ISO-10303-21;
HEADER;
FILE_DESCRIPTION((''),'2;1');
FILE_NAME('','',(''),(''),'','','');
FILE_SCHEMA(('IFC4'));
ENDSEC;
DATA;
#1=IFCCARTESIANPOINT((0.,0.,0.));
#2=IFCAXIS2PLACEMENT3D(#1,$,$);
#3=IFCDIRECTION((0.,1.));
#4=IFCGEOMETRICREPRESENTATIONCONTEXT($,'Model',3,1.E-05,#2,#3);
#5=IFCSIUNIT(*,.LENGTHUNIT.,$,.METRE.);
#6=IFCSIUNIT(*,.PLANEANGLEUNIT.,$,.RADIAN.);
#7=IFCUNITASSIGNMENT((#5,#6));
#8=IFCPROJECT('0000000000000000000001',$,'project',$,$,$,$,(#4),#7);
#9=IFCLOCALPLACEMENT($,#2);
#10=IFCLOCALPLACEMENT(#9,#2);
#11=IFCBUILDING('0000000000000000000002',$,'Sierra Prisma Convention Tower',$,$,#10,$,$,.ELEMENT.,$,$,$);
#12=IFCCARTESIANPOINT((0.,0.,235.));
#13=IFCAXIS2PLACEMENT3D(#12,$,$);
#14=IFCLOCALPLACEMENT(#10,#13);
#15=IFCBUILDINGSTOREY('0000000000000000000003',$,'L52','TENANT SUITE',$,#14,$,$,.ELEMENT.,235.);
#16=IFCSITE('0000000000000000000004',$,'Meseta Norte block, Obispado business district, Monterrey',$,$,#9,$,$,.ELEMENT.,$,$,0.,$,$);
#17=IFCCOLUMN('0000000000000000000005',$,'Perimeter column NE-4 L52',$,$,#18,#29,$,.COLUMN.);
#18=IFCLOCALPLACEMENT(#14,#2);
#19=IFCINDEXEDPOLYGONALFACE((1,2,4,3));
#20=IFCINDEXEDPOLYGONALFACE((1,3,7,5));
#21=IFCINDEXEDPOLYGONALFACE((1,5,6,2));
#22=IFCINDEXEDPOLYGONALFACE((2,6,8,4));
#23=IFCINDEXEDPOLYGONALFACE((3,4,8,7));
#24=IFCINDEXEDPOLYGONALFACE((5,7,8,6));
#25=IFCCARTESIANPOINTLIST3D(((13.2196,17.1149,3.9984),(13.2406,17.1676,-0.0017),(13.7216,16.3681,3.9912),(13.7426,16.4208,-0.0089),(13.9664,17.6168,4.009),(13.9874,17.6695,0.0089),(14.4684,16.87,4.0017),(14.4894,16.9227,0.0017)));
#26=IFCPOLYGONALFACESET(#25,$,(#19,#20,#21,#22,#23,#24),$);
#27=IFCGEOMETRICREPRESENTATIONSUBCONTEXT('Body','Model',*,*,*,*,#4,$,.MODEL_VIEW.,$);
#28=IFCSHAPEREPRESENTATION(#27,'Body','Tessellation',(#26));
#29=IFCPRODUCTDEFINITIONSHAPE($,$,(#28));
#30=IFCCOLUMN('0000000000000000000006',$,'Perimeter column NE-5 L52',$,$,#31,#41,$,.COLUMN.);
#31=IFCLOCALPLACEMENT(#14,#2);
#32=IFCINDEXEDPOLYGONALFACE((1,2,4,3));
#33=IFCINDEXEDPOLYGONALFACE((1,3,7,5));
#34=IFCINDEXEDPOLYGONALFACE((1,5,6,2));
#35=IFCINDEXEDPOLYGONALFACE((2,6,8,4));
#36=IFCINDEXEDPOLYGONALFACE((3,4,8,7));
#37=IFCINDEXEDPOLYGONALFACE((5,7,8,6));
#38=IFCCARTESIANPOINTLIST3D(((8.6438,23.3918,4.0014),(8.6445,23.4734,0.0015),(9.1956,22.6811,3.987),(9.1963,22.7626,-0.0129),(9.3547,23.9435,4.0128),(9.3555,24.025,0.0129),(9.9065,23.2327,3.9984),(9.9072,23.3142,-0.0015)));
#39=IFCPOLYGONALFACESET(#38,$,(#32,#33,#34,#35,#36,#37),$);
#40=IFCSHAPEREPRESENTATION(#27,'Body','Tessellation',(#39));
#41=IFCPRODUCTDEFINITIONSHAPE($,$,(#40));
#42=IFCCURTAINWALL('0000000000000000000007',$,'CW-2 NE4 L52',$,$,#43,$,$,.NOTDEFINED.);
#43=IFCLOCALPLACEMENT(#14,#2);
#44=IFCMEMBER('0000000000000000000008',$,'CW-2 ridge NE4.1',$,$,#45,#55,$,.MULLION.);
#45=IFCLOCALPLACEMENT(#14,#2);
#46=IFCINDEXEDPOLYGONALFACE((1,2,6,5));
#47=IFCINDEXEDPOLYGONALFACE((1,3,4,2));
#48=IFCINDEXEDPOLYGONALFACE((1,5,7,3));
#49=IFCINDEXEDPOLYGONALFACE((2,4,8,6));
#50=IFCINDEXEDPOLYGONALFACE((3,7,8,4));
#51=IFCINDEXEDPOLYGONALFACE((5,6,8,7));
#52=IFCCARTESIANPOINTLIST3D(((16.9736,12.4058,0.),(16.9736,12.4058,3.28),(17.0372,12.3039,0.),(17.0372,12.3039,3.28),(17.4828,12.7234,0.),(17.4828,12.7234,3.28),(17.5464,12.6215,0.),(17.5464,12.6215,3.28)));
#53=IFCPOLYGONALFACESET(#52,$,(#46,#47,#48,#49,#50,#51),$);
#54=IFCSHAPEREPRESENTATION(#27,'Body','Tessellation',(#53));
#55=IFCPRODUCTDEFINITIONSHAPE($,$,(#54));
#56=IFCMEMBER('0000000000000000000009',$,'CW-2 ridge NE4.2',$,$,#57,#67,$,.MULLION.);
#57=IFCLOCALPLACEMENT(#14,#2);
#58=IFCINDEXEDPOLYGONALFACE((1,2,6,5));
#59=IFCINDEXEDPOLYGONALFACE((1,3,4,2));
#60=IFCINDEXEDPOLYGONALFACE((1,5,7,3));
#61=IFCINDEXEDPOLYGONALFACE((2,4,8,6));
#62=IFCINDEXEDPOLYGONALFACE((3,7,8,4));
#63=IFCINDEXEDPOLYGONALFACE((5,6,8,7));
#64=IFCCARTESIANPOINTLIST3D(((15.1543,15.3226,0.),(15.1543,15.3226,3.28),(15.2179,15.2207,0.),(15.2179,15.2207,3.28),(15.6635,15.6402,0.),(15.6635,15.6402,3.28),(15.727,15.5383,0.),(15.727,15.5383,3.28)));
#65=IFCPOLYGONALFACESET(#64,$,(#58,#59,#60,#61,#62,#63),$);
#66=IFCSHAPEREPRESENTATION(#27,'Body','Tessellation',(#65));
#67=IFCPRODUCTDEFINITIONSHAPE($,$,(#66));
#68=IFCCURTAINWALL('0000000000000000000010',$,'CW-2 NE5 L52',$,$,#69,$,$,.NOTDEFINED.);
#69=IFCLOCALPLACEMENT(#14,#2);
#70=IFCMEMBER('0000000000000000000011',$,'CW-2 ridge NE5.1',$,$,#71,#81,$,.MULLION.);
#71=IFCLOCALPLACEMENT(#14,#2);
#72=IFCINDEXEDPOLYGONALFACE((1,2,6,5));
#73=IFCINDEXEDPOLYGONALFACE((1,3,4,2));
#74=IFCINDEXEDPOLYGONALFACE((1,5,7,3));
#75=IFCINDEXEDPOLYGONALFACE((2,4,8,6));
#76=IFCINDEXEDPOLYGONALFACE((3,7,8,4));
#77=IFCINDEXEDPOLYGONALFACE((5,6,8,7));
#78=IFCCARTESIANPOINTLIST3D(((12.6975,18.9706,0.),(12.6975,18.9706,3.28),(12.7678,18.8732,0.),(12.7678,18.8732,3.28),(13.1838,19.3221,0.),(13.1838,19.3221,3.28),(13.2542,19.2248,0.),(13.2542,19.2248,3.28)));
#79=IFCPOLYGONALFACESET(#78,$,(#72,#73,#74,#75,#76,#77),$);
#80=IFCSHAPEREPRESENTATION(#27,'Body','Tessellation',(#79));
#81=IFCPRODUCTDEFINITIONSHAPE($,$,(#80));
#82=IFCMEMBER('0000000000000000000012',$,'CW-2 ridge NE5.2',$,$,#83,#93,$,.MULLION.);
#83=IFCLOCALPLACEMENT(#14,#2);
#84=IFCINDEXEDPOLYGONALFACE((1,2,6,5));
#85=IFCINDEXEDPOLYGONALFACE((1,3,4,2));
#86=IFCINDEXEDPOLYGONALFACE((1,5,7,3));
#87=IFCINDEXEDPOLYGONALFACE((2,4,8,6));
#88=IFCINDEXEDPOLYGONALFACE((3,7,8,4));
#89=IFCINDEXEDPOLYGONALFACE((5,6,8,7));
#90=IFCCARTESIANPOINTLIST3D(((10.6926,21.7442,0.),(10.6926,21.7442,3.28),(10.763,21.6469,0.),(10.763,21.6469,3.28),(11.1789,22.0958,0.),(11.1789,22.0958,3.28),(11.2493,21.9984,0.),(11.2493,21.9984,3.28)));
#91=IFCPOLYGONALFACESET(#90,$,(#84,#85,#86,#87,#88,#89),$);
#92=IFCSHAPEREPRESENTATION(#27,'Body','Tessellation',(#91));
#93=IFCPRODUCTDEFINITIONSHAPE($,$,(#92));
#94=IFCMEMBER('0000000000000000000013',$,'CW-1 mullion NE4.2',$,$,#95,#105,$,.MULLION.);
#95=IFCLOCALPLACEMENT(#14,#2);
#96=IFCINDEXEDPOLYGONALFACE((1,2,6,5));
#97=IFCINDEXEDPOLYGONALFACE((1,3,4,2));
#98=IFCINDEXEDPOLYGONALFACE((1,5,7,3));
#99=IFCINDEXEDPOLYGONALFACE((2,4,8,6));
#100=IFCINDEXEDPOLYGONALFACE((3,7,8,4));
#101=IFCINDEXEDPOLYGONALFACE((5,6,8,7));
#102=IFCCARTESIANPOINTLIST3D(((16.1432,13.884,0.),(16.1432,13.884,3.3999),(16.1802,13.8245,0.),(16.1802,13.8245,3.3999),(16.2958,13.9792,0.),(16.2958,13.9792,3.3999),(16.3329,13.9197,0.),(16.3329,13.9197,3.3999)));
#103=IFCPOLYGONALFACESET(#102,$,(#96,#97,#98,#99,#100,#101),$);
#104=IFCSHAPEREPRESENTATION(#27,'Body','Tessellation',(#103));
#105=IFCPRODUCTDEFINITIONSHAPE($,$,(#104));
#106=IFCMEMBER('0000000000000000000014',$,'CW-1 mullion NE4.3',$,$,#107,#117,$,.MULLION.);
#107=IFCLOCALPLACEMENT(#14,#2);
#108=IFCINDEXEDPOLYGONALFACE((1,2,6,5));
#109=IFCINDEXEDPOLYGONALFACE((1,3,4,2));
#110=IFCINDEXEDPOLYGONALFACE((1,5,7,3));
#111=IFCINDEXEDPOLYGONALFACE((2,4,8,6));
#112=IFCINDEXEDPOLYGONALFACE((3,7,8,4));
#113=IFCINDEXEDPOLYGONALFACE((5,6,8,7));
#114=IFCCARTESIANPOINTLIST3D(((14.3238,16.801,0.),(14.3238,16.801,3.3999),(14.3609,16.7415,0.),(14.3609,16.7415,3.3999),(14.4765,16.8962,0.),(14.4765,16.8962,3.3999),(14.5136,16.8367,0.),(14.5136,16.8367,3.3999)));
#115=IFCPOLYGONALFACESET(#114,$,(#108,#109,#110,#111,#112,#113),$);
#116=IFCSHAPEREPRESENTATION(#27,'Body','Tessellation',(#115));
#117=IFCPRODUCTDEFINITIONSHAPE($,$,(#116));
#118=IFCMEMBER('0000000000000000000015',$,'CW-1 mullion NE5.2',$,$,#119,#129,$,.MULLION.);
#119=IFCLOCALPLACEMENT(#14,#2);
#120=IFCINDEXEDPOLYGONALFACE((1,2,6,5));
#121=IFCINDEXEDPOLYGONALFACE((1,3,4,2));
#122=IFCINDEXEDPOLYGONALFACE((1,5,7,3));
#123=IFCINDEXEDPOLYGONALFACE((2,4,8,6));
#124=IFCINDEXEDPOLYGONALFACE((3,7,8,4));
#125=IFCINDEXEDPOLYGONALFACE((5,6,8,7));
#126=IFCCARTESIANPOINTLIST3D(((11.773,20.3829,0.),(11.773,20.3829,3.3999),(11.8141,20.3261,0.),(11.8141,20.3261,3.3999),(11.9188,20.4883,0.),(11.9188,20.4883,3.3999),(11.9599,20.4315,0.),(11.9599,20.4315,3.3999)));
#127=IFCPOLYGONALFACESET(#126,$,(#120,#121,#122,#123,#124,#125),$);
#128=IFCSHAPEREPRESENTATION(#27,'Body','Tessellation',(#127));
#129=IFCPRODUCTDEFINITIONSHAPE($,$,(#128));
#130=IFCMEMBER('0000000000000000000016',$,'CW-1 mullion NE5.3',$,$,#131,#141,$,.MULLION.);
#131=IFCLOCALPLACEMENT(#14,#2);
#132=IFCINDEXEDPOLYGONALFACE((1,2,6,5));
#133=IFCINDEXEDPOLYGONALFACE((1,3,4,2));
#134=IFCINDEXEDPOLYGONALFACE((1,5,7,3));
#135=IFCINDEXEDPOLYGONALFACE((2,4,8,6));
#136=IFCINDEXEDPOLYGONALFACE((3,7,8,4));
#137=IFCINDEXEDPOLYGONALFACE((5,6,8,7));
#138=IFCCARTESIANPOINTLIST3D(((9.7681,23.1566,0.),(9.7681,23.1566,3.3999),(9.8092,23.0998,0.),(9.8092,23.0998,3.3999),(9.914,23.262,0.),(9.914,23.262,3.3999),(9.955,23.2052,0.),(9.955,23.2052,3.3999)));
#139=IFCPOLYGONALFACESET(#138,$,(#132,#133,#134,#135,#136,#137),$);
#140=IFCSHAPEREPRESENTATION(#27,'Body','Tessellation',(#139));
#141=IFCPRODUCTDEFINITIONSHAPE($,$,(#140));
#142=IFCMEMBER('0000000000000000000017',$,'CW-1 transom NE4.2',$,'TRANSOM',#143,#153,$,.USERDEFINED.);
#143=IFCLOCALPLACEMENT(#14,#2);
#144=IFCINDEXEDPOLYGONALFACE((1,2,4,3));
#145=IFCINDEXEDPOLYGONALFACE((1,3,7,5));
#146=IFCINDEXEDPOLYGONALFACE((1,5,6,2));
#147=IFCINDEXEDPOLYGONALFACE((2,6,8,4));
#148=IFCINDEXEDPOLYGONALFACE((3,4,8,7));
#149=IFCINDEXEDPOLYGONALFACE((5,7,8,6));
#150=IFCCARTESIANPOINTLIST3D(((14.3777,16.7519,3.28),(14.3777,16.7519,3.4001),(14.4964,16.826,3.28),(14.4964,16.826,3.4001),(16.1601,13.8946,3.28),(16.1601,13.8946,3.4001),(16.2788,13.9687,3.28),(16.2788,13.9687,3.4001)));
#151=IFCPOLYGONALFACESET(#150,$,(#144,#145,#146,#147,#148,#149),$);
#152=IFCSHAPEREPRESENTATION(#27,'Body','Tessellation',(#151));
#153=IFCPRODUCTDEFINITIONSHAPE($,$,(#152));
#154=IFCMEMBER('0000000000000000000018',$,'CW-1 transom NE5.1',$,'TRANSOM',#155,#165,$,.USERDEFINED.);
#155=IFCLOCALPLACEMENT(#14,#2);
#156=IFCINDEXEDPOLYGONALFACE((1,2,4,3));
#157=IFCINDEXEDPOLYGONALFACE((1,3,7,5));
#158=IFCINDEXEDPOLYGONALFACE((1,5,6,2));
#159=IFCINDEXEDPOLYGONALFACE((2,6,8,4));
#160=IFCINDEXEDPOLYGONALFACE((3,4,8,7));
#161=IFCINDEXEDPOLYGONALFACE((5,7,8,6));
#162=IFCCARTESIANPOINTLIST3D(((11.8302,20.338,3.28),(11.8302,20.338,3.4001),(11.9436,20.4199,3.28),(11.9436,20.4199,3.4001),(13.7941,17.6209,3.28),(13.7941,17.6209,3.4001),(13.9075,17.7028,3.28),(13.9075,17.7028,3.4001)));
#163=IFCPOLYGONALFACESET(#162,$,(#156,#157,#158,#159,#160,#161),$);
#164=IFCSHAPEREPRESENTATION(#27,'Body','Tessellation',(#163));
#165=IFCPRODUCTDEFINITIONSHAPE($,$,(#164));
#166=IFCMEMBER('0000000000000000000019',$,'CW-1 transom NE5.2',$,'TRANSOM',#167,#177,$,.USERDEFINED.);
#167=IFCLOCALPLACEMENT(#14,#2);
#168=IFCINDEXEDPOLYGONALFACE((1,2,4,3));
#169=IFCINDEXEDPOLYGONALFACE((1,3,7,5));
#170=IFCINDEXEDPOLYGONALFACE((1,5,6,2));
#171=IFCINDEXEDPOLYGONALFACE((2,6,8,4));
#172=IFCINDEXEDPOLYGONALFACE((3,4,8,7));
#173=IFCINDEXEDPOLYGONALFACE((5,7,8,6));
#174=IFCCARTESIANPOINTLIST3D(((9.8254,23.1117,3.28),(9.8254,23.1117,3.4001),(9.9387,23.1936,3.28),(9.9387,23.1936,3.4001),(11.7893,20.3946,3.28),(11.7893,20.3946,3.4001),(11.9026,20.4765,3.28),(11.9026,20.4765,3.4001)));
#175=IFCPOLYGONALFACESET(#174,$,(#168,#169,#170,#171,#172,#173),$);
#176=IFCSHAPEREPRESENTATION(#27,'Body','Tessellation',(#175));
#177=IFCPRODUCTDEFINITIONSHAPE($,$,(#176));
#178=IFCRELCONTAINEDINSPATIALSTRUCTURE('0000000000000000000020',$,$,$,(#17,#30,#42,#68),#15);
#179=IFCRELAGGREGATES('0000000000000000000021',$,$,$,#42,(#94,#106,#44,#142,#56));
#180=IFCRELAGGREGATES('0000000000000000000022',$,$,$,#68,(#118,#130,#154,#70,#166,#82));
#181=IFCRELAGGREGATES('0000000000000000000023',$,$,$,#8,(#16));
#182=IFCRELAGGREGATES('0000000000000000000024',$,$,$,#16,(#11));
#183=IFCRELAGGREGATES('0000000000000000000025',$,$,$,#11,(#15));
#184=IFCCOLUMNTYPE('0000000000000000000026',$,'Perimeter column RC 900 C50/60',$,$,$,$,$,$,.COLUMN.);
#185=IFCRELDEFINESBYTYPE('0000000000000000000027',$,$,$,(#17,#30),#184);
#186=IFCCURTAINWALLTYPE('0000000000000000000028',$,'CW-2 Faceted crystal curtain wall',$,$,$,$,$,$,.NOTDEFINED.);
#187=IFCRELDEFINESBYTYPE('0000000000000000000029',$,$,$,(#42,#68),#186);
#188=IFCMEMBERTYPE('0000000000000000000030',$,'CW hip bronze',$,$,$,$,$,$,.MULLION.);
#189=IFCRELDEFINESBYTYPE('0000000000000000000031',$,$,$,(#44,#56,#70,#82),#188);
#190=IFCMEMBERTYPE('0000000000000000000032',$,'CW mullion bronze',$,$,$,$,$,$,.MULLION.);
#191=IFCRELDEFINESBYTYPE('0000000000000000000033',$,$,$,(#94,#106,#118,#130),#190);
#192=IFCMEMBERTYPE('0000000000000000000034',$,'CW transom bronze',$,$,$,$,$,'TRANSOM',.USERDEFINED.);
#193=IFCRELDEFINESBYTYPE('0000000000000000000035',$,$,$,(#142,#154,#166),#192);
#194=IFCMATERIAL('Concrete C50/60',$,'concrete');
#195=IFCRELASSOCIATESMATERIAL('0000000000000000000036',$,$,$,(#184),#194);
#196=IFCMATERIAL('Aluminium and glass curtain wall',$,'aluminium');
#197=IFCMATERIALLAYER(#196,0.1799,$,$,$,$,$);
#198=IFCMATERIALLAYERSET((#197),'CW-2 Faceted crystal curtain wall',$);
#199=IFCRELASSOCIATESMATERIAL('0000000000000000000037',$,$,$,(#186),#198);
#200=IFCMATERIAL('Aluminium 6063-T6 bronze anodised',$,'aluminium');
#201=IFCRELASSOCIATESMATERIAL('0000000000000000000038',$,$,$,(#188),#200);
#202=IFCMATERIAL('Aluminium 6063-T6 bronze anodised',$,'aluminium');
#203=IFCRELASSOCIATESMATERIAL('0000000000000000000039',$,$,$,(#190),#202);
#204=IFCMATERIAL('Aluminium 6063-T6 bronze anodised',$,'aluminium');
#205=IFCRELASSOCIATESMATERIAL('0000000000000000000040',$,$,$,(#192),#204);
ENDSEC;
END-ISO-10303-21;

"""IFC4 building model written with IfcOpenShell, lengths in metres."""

from ifc_helpers import new_model, si_unit, direction, frame, origin, origin_2d, place, context, subcontext, project, spatial, rectangle, extrude, material, layer, layer_set, material_profile, profile_set, type_object, element, aggregate, save


model = new_model("IFC4")

# Units and contexts
model_context = context("Model", 3, precision=1e-05, world=origin(), true_north=direction((0.0, 1.0)))
body_context = subcontext(model_context, "Body", "Model", "MODEL_VIEW")
ifc_project = project(units=[si_unit("LENGTHUNIT", "METRE"), si_unit("PLANEANGLEUNIT", "RADIAN")], contexts=[model_context])

# Site, building, storey
site_placement = place(None, origin())
site = spatial("IfcSite", under=ifc_project, at=site_placement, Name="Meseta Norte block, Obispado business district, Monterrey", CompositionType="ELEMENT", RefElevation=0.0)
building_placement = place(site_placement, origin())
building = spatial("IfcBuilding", under=site, at=building_placement, Name="Sierra Prisma Convention Tower", CompositionType="ELEMENT")
storey_placement = place(building_placement, frame((0.0, 0.0, 235.0)))
storey = spatial("IfcBuildingStorey", under=building, at=storey_placement, Name="L52", Description="TENANT SUITE", CompositionType="ELEMENT", Elevation=235.0)

# Columns
ifc_material_1 = material(Name="Concrete C50/60", Category="concrete")
ifc_material_profile_1 = material_profile(ifc_material_1, rectangle(XDim=0.8999, YDim=0.8999, at=origin_2d()), Name="Perimeter column RC 900 C50/60")
ifc_profile_set_1 = profile_set([ifc_material_profile_1], Name="Concrete C50/60")
column_type = type_object("IfcColumnType", Name="Perimeter column RC 900 C50/60", PredefinedType="COLUMN", material=ifc_profile_set_1)
column_1_placement = place(storey_placement, frame((13.865, 17.0452, 0.0), z_axis=(-0.005248, -0.013182, 0.999899), x_axis=(-0.55784, 0.82991, 0.008013)))
element("IfcColumn", 1, at=column_1_placement, inside=storey, type_object=column_type, Name="Perimeter column NE-4 L52", PredefinedType="COLUMN", context=body_context, shape_type="SweptSolid", body=[
    extrude(rectangle(XDim=0.8999, YDim=0.8999, at=origin_2d()), origin(), (0.0, 0.0, 1.0), 4.0005),
])
column_2_placement = place(storey_placement, frame((9.2759, 23.3938, 0.0), z_axis=(-0.000183, -0.020382, 0.999792), x_axis=(-0.613103, 0.789841, 0.015989)))
element("IfcColumn", 2, at=column_2_placement, inside=storey, type_object=column_type, Name="Perimeter column NE-5 L52", PredefinedType="COLUMN", context=body_context, shape_type="SweptSolid", body=[
    extrude(rectangle(XDim=0.8999, YDim=0.8999, at=origin_2d()), origin(), (0.0, 0.0, 1.0), 4.0007),
])

# Curtain walls, members
ifc_material_2 = material(Name="Aluminium and glass curtain wall", Category="aluminium")
ifc_layer_1 = layer(ifc_material_2, 0.1799)
ifc_layer_set_1 = layer_set([ifc_layer_1], Name="CW-2 Faceted crystal curtain wall")
curtain_wall_type = type_object("IfcCurtainWallType", Name="CW-2 Faceted crystal curtain wall", PredefinedType="NOTDEFINED", material=ifc_layer_set_1)
curtain_wall_1_placement = place(storey_placement, origin())
curtain_wall_1 = element("IfcCurtainWall", 3, at=curtain_wall_1_placement, inside=storey, type_object=curtain_wall_type, Name="CW-2 NE4 L52", PredefinedType="NOTDEFINED")
ifc_material_3 = material(Name="Aluminium 6063-T6 bronze anodised", Category="aluminium")
ifc_material_profile_2 = material_profile(ifc_material_3, rectangle(XDim=0.1201, YDim=0.6001, at=origin_2d()), Name="ALU RIDGE BLADE 120x600")
ifc_profile_set_2 = profile_set([ifc_material_profile_2], Name="Aluminium 6063-T6 bronze anodised")
member_type_1 = type_object("IfcMemberType", Name="CW hip bronze", PredefinedType="MULLION", material=ifc_profile_set_2)
member_1_placement = place(storey_placement, frame((17.26, 12.5137, 0.0), z_axis=(0.0, 0.0, 1.0), x_axis=(-0.529232, 0.848477, 0.0)))
member_1 = element("IfcMember", 4, at=member_1_placement, type_object=member_type_1, Name="CW-2 ridge NE4.1", PredefinedType="MULLION", context=body_context, shape_type="SweptSolid", body=[
    extrude(rectangle(XDim=0.1201, YDim=0.6001, at=origin_2d()), origin(), (0.0, 0.0, 1.0), 3.28),
])
member_2_placement = place(storey_placement, frame((15.4407, 15.4304, 0.0), z_axis=(0.0, 0.0, 1.0), x_axis=(-0.529232, 0.848477, 0.0)))
member_2 = element("IfcMember", 5, at=member_2_placement, type_object=member_type_1, Name="CW-2 ridge NE4.2", PredefinedType="MULLION", context=body_context, shape_type="SweptSolid", body=[
    extrude(rectangle(XDim=0.1201, YDim=0.6001, at=origin_2d()), origin(), (0.0, 0.0, 1.0), 3.28),
])
curtain_wall_2_placement = place(storey_placement, origin())
curtain_wall_2 = element("IfcCurtainWall", 6, at=curtain_wall_2_placement, inside=storey, type_object=curtain_wall_type, Name="CW-2 NE5 L52", PredefinedType="NOTDEFINED")
member_3_placement = place(storey_placement, frame((12.9758, 19.0977, 0.0), z_axis=(0.0, 0.0, 1.0), x_axis=(-0.585816, 0.810444, 0.0)))
member_3 = element("IfcMember", 7, at=member_3_placement, type_object=member_type_1, Name="CW-2 ridge NE5.1", PredefinedType="MULLION", context=body_context, shape_type="SweptSolid", body=[
    extrude(rectangle(XDim=0.1201, YDim=0.6001, at=origin_2d()), origin(), (0.0, 0.0, 1.0), 3.28),
])
member_4_placement = place(storey_placement, frame((10.9709, 21.8713, 0.0), z_axis=(0.0, 0.0, 1.0), x_axis=(-0.585816, 0.810444, 0.0)))
member_4 = element("IfcMember", 8, at=member_4_placement, type_object=member_type_1, Name="CW-2 ridge NE5.2", PredefinedType="MULLION", context=body_context, shape_type="SweptSolid", body=[
    extrude(rectangle(XDim=0.1201, YDim=0.6001, at=origin_2d()), origin(), (0.0, 0.0, 1.0), 3.28),
])

# Members
ifc_material_4 = material(Name="Aluminium 6063-T6 bronze anodised", Category="aluminium")
ifc_material_profile_3 = material_profile(ifc_material_4, rectangle(XDim=0.1799, YDim=0.0701, at=origin_2d()), Name="ALU MULLION 70x180")
ifc_profile_set_3 = profile_set([ifc_material_profile_3], Name="Aluminium 6063-T6 bronze anodised")
member_type_2 = type_object("IfcMemberType", Name="CW mullion bronze", PredefinedType="MULLION", material=ifc_profile_set_3)
member_5_placement = place(storey_placement, frame((16.238, 13.9019, 0.0), z_axis=(0.0, 0.0, 1.0), x_axis=(-0.848477, -0.529232, 0.0)))
member_5 = element("IfcMember", 9, at=member_5_placement, type_object=member_type_2, Name="CW-1 mullion NE4.2", PredefinedType="MULLION", context=body_context, shape_type="SweptSolid", body=[
    extrude(rectangle(XDim=0.1799, YDim=0.0701, at=origin_2d()), origin(), (0.0, 0.0, 1.0), 3.3999),
])
member_6_placement = place(storey_placement, frame((14.4187, 16.8188, 0.0), z_axis=(0.0, 0.0, 1.0), x_axis=(-0.848477, -0.529232, 0.0)))
member_6 = element("IfcMember", 10, at=member_6_placement, type_object=member_type_2, Name="CW-1 mullion NE4.3", PredefinedType="MULLION", context=body_context, shape_type="SweptSolid", body=[
    extrude(rectangle(XDim=0.1799, YDim=0.0701, at=origin_2d()), origin(), (0.0, 0.0, 1.0), 3.3999),
])
member_7_placement = place(storey_placement, frame((11.8665, 20.4072, 0.0), z_axis=(0.0, 0.0, 1.0), x_axis=(-0.810444, -0.585816, 0.0)))
member_7 = element("IfcMember", 11, at=member_7_placement, type_object=member_type_2, Name="CW-1 mullion NE5.2", PredefinedType="MULLION", context=body_context, shape_type="SweptSolid", body=[
    extrude(rectangle(XDim=0.1799, YDim=0.0701, at=origin_2d()), origin(), (0.0, 0.0, 1.0), 3.3999),
])
member_8_placement = place(storey_placement, frame((9.8616, 23.1809, 0.0), z_axis=(0.0, 0.0, 1.0), x_axis=(-0.810444, -0.585816, 0.0)))
member_8 = element("IfcMember", 12, at=member_8_placement, type_object=member_type_2, Name="CW-1 mullion NE5.3", PredefinedType="MULLION", context=body_context, shape_type="SweptSolid", body=[
    extrude(rectangle(XDim=0.1799, YDim=0.0701, at=origin_2d()), origin(), (0.0, 0.0, 1.0), 3.3999),
])
ifc_material_5 = material(Name="Aluminium 6063-T6 bronze anodised", Category="aluminium")
ifc_material_profile_4 = material_profile(ifc_material_5, rectangle(XDim=0.1399, YDim=0.1201, at=origin_2d()), Name="ALU TRANSOM 120x140")
ifc_profile_set_4 = profile_set([ifc_material_profile_4], Name="Aluminium 6063-T6 bronze anodised")
member_type_3 = type_object("IfcMemberType", Name="CW transom bronze", ElementType="TRANSOM", PredefinedType="USERDEFINED", material=ifc_profile_set_4)
member_9_placement = place(storey_placement, frame((16.2195, 13.9316, 3.3401), z_axis=(-0.529269, 0.848454, 0.0), x_axis=(-0.848454, -0.529269, 0.0)))
member_9 = element("IfcMember", 13, at=member_9_placement, type_object=member_type_3, Name="CW-1 transom NE4.2", ObjectType="TRANSOM", PredefinedType="USERDEFINED", context=body_context, shape_type="SweptSolid", body=[
    extrude(rectangle(XDim=0.1399, YDim=0.1201, at=origin_2d()), origin(), (0.0, 0.0, 1.0), 3.3677),
])
member_10_placement = place(storey_placement, frame((13.8508, 17.6619, 3.3401), z_axis=(-0.585796, 0.810458, 0.0), x_axis=(-0.810458, -0.585796, 0.0)))
member_10 = element("IfcMember", 14, at=member_10_placement, type_object=member_type_3, Name="CW-1 transom NE5.1", ObjectType="TRANSOM", PredefinedType="USERDEFINED", context=body_context, shape_type="SweptSolid", body=[
    extrude(rectangle(XDim=0.1399, YDim=0.1201, at=origin_2d()), origin(), (0.0, 0.0, 1.0), 3.3525),
])
member_11_placement = place(storey_placement, frame((11.8459, 20.4355, 3.3401), z_axis=(-0.585796, 0.810458, 0.0), x_axis=(-0.810458, -0.585796, 0.0)))
member_11 = element("IfcMember", 15, at=member_11_placement, type_object=member_type_3, Name="CW-1 transom NE5.2", ObjectType="TRANSOM", PredefinedType="USERDEFINED", context=body_context, shape_type="SweptSolid", body=[
    extrude(rectangle(XDim=0.1399, YDim=0.1201, at=origin_2d()), origin(), (0.0, 0.0, 1.0), 3.3525),
])

aggregate(curtain_wall_1, [member_5, member_6, member_1, member_9, member_2])
aggregate(curtain_wall_2, [member_7, member_8, member_10, member_3, member_11, member_4])

save(model, "model.ifc")
